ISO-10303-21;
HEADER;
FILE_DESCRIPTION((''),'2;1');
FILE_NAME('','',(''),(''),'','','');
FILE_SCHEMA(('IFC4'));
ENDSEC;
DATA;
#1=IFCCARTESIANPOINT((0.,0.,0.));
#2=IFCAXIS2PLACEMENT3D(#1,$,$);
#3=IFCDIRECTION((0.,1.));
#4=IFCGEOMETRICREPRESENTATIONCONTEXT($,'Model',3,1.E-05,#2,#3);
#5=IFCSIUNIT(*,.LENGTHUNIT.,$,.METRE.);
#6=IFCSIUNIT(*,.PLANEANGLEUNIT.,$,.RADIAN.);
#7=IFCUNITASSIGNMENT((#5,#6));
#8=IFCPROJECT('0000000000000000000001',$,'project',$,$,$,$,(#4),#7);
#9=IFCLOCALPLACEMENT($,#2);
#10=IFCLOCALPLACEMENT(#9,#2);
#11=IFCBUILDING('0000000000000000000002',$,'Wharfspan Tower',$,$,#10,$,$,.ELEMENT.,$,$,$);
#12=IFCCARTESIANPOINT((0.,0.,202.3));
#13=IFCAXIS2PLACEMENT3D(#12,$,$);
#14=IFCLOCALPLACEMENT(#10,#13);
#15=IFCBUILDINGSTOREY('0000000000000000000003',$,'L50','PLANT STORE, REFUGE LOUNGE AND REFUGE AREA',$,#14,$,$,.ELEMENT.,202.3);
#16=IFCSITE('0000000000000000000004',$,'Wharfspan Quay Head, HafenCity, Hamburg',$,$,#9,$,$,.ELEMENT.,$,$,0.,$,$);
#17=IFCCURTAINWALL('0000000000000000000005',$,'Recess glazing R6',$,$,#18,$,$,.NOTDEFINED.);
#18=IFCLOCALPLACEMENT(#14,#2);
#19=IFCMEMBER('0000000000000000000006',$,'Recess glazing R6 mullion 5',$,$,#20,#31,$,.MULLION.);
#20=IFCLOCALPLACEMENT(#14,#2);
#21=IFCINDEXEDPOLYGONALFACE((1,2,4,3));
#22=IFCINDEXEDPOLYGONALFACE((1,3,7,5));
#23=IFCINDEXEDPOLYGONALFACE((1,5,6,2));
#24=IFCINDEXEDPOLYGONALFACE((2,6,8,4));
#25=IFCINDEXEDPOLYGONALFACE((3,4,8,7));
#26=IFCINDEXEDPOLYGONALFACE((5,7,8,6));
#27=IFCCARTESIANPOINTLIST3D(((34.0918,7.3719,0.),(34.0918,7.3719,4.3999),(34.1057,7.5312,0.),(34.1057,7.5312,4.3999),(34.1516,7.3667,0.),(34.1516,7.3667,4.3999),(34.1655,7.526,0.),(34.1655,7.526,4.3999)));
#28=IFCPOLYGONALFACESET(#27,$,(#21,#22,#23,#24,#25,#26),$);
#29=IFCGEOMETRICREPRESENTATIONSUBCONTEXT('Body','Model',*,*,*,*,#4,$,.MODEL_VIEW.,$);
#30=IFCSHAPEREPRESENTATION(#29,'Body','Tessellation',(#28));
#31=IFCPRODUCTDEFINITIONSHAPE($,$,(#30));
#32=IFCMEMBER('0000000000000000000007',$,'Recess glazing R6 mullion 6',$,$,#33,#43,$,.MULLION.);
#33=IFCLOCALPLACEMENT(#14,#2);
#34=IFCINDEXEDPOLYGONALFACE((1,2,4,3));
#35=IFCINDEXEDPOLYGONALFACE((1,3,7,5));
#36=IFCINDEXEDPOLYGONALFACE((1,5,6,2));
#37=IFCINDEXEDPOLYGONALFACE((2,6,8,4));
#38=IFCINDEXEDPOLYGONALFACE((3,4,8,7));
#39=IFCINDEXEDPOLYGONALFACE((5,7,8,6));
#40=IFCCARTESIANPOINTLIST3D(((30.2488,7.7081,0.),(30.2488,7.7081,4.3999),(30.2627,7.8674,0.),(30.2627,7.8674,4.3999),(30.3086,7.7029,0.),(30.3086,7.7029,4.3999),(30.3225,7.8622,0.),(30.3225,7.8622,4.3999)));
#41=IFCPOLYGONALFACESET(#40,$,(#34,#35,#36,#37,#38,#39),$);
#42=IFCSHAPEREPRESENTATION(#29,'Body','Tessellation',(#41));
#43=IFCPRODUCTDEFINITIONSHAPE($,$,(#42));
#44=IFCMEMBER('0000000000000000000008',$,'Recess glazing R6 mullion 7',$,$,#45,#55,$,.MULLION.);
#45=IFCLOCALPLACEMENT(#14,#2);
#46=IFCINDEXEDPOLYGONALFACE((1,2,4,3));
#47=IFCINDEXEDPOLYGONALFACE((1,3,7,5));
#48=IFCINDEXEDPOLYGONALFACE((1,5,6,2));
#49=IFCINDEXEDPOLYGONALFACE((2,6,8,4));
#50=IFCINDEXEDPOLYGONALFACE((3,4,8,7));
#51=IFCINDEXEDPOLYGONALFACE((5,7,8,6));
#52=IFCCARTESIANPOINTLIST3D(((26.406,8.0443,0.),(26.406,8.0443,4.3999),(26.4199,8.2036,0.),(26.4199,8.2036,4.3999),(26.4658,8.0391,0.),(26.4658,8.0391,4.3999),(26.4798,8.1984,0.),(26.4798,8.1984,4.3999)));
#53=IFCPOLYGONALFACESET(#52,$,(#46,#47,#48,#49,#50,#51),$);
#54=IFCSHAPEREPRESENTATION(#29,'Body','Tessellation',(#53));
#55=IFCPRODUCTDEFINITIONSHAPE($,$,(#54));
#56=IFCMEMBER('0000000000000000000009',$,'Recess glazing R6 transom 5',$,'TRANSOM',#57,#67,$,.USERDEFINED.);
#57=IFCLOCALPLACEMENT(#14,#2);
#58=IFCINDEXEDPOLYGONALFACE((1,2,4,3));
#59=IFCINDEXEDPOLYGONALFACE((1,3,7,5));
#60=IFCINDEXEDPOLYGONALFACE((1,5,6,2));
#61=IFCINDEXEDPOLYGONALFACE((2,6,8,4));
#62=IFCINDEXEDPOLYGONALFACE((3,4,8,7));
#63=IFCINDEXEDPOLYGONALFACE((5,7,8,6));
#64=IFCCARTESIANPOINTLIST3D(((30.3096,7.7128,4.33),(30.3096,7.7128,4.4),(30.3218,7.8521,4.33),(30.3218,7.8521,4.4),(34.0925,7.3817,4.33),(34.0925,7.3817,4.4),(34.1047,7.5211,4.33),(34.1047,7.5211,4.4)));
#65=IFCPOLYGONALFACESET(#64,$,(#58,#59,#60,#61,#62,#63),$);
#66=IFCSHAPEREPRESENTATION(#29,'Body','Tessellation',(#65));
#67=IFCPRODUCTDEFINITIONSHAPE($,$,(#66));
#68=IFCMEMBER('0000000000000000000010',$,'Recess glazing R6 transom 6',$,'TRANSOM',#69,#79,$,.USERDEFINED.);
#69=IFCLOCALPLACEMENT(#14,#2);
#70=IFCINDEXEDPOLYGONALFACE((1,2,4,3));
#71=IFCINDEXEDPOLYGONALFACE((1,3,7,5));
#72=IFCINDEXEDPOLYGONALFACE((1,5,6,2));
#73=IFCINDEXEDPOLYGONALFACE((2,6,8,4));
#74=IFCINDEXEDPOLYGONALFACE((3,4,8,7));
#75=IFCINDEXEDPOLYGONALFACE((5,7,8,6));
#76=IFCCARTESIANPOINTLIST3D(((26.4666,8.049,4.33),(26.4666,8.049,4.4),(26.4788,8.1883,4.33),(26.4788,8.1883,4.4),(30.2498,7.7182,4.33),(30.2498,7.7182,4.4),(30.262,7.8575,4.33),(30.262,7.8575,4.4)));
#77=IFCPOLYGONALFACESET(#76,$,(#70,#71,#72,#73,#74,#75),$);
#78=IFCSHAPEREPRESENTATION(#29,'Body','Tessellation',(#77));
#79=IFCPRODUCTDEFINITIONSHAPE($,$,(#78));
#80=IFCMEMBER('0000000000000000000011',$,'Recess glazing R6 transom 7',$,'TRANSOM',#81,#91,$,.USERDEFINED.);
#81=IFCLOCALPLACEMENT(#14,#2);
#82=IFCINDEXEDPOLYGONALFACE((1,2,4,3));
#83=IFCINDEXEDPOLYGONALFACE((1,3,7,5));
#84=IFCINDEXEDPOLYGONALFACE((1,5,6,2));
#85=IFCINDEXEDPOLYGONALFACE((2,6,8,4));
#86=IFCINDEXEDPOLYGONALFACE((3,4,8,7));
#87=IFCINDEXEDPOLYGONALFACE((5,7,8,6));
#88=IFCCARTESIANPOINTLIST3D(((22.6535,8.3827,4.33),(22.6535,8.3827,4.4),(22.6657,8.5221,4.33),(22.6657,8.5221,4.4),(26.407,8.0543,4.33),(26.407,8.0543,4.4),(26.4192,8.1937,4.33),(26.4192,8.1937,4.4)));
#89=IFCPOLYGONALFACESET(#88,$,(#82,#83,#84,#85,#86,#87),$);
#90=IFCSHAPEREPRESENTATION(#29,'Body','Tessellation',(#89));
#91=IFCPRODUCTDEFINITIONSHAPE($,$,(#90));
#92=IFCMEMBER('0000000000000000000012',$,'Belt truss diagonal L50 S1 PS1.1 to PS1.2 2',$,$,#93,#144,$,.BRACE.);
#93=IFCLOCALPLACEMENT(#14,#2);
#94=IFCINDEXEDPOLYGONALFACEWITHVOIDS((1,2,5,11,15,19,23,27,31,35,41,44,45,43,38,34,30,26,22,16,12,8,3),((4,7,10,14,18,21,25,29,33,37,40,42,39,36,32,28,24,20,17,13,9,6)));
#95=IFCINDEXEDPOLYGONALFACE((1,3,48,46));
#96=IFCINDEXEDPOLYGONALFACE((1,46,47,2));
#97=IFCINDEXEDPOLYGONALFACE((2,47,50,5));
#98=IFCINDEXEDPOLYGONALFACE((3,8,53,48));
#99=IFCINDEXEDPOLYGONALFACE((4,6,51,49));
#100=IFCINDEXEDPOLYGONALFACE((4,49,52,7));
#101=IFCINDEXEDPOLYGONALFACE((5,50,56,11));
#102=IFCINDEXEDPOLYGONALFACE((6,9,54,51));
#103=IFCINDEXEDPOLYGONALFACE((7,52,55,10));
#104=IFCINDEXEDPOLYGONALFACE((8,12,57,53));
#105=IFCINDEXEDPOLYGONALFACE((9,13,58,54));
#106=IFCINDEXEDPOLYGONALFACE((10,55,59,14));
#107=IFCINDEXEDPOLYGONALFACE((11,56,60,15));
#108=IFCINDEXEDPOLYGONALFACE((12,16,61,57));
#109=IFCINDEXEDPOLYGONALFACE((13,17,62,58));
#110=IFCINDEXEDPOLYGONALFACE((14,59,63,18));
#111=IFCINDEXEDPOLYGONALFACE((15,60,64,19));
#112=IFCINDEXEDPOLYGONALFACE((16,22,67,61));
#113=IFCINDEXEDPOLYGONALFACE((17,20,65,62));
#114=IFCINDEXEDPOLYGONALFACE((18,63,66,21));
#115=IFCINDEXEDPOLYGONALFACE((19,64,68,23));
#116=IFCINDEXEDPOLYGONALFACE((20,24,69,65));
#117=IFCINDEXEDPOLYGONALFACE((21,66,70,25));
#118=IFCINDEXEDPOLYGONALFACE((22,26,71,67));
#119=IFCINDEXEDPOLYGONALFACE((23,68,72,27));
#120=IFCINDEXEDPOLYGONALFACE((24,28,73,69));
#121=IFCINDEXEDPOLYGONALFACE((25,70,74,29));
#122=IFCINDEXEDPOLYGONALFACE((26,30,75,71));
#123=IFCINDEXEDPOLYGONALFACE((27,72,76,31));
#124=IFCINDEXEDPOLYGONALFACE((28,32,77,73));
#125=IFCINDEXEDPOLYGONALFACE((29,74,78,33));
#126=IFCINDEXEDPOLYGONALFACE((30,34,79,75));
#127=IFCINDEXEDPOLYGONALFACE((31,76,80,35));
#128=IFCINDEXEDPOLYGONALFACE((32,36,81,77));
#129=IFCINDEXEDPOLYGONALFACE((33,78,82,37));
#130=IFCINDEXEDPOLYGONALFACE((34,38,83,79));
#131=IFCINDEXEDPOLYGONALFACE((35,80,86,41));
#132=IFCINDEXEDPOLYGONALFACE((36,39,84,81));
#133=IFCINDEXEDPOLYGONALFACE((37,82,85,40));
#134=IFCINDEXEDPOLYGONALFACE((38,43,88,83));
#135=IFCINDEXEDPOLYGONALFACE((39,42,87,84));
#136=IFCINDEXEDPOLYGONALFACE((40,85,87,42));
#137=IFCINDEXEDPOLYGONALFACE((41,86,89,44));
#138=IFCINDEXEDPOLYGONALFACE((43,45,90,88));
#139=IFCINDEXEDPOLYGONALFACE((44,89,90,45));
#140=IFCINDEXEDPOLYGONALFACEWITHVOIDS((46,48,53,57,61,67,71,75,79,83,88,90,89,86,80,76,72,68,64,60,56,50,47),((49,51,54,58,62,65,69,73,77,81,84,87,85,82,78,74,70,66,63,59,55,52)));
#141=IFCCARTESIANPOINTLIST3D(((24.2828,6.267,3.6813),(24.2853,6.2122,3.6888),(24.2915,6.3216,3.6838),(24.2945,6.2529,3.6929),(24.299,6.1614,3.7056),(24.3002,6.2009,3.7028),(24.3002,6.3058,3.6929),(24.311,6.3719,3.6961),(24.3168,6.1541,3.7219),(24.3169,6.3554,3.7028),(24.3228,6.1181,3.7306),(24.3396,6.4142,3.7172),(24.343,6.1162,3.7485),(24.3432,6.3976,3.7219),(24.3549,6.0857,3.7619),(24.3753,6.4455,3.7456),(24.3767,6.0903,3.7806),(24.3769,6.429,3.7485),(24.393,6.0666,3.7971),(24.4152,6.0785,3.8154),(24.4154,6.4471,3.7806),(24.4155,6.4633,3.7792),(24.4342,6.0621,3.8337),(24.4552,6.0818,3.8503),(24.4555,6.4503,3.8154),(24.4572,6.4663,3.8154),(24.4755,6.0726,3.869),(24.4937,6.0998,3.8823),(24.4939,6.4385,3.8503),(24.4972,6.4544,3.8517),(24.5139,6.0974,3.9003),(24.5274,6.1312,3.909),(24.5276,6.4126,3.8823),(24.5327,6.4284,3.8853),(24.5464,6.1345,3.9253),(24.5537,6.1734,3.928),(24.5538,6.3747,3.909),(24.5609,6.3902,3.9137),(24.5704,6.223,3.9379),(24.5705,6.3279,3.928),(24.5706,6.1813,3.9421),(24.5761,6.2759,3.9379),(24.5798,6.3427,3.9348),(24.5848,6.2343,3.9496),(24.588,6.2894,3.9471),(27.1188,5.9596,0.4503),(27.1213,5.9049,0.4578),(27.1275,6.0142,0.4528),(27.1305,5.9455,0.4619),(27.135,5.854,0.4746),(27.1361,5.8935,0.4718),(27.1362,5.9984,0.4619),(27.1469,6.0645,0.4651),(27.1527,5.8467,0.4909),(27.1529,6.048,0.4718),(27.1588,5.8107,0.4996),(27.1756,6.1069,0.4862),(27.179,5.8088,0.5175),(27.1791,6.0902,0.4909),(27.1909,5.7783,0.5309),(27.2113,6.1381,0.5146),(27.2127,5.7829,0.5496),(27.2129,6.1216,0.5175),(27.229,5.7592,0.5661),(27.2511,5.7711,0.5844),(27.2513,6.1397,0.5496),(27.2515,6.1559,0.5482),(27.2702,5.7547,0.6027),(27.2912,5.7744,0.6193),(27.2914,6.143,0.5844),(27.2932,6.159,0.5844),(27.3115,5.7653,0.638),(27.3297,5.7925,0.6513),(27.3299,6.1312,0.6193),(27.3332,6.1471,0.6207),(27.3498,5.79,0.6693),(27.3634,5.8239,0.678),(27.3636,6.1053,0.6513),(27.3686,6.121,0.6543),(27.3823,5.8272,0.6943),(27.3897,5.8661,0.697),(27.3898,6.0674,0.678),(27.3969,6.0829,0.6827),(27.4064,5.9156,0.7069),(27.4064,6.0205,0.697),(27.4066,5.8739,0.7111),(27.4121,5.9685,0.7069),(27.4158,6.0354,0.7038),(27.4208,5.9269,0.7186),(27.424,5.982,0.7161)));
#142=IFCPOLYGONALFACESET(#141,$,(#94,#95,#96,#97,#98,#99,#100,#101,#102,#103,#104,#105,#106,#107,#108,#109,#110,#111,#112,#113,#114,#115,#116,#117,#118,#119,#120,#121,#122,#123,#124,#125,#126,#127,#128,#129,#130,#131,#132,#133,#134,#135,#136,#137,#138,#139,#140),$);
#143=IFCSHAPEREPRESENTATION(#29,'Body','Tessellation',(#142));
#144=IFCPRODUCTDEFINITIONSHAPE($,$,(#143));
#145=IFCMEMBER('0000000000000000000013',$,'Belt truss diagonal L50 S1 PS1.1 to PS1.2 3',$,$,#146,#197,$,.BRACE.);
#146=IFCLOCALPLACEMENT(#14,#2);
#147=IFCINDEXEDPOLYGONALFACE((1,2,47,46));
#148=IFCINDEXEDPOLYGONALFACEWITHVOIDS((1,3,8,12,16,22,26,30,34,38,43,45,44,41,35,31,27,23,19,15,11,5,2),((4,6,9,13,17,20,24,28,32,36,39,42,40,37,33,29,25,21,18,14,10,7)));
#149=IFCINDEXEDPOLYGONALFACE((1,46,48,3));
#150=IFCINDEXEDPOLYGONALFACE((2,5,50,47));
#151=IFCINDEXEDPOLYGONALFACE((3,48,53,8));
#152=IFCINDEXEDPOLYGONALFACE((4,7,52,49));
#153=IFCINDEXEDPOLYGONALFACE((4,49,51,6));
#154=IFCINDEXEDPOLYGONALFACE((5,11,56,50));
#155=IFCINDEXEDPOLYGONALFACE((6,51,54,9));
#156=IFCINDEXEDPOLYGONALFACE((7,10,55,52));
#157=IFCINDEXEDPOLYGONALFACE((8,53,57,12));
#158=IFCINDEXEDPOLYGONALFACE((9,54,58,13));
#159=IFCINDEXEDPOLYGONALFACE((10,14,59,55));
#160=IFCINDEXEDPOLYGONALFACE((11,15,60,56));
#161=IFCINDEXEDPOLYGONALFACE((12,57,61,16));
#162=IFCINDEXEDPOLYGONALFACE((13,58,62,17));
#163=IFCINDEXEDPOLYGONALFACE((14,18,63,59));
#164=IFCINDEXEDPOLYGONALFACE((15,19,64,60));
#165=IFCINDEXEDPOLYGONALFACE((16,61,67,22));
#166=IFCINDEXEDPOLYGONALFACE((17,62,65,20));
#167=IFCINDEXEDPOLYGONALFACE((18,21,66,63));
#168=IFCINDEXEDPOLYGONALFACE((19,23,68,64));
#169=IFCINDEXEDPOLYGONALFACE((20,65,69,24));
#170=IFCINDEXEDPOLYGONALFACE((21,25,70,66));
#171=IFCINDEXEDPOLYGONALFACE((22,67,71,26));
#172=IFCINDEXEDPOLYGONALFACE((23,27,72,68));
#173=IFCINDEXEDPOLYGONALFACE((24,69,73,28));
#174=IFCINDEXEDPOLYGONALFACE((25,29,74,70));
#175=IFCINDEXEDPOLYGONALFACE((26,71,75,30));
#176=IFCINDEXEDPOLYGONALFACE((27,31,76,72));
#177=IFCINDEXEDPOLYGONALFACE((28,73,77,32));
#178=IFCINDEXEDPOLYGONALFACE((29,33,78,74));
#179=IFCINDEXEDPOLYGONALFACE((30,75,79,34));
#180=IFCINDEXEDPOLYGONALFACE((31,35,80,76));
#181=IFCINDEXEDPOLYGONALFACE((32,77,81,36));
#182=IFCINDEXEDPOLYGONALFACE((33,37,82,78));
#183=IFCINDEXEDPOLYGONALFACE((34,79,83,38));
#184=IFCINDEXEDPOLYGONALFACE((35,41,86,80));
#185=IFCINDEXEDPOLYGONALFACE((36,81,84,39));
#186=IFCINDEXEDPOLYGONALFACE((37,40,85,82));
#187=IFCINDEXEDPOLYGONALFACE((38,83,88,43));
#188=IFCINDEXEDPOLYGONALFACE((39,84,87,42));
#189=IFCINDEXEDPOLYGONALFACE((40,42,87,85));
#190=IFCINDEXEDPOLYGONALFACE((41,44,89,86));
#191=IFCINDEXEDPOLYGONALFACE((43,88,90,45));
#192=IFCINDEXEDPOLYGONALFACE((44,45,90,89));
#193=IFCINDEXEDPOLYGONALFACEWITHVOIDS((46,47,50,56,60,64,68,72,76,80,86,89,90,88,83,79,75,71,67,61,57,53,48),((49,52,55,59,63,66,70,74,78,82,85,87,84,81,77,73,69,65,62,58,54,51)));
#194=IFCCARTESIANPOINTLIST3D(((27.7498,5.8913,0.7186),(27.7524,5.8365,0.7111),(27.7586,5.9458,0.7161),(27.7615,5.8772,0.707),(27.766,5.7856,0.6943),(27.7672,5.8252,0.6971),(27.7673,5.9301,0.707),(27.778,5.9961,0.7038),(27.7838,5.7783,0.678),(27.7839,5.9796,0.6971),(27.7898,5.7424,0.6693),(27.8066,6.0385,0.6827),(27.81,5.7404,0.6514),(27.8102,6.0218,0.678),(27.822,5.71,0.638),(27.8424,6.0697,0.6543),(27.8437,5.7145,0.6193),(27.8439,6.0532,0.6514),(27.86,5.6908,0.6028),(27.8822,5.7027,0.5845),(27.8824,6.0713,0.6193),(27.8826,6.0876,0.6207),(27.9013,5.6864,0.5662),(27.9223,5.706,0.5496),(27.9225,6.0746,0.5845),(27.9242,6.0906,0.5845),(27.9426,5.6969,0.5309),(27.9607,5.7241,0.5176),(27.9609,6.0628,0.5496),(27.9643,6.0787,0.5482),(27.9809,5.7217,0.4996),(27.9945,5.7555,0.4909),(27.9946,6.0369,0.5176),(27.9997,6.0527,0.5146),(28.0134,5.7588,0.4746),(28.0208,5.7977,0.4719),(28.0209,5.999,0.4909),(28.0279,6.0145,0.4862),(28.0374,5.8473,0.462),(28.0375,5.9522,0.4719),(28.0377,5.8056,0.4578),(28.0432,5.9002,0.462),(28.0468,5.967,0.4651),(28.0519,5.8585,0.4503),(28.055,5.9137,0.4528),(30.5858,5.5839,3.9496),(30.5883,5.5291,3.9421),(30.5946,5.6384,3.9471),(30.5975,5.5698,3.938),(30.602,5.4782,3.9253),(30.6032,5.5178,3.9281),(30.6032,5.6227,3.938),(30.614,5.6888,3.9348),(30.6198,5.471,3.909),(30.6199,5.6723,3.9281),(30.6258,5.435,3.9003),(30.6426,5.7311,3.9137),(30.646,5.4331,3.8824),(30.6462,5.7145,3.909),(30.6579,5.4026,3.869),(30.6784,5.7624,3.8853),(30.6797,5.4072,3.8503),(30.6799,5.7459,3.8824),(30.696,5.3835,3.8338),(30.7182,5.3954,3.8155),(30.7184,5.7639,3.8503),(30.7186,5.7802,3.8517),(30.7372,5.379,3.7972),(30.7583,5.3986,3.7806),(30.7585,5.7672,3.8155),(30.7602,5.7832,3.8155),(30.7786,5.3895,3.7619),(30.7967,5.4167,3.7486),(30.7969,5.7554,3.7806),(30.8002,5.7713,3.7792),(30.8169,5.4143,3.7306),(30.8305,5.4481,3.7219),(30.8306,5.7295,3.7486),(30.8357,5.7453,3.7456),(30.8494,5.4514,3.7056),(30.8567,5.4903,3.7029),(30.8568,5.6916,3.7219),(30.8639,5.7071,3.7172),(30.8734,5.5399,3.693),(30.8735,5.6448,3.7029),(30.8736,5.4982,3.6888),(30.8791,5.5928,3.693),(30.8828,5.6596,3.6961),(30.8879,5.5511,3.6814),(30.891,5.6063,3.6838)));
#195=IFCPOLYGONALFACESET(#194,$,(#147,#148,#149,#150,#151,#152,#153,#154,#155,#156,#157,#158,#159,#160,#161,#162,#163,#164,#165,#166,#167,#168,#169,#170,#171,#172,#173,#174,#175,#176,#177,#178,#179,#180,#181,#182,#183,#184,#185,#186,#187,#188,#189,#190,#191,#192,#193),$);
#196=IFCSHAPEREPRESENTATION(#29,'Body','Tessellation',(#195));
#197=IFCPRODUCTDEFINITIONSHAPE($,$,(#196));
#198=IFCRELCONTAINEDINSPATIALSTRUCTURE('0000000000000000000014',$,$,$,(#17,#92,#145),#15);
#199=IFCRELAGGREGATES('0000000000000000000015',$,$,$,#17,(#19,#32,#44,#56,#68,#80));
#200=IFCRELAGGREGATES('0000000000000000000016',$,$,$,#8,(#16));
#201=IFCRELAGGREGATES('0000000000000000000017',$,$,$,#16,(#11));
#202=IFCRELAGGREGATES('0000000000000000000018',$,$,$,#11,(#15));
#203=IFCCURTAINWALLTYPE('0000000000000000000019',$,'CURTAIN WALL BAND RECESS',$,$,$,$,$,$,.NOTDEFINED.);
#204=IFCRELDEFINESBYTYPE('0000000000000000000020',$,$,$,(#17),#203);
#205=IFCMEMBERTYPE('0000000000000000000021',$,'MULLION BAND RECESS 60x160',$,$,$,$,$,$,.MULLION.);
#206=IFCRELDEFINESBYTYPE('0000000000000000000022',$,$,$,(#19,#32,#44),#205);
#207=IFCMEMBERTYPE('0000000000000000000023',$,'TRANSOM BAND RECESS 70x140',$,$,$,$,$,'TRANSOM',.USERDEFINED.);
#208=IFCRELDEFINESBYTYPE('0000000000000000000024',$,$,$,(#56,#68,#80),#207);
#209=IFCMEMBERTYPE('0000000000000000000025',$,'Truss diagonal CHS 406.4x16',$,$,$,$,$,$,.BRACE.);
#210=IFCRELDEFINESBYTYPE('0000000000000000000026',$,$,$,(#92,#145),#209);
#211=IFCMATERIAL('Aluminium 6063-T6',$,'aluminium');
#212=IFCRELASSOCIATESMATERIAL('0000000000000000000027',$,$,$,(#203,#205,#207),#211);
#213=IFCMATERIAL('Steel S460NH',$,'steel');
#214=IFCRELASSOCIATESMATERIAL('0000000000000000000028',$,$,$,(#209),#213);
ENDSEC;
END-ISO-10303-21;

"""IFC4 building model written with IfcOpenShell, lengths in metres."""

from ifc_helpers import new_model, si_unit, direction, frame, origin, origin_2d, place, context, subcontext, project, spatial, rectangle, hollow_circle, extrude, material, material_profile, profile_set, type_object, element, aggregate, save


model = new_model("IFC4")

# Units and contexts
model_context = context("Model", 3, precision=1e-05, world=origin(), true_north=direction((0.0, 1.0)))
body_context = subcontext(model_context, "Body", "Model", "MODEL_VIEW")
ifc_project = project(units=[si_unit("LENGTHUNIT", "METRE"), si_unit("PLANEANGLEUNIT", "RADIAN")], contexts=[model_context])

# Site, building, storey
site_placement = place(None, origin())
site = spatial("IfcSite", under=ifc_project, at=site_placement, Name="Wharfspan Quay Head, HafenCity, Hamburg", CompositionType="ELEMENT", RefElevation=0.0)
building_placement = place(site_placement, origin())
building = spatial("IfcBuilding", under=site, at=building_placement, Name="Wharfspan Tower", CompositionType="ELEMENT")
storey_placement = place(building_placement, frame((0.0, 0.0, 202.3)))
storey = spatial("IfcBuildingStorey", under=building, at=storey_placement, Name="L50", Description="PLANT STORE, REFUGE LOUNGE AND REFUGE AREA", CompositionType="ELEMENT", Elevation=202.3)

# Curtain wall, members
ifc_material_1 = material(Name="Aluminium 6063-T6", Category="aluminium")
curtain_wall_type = type_object("IfcCurtainWallType", Name="CURTAIN WALL BAND RECESS", PredefinedType="NOTDEFINED", material=ifc_material_1)
curtain_wall_placement = place(storey_placement, origin())
curtain_wall = element("IfcCurtainWall", 1, at=curtain_wall_placement, inside=storey, type_object=curtain_wall_type, Name="Recess glazing R6", PredefinedType="NOTDEFINED")
ifc_material_profile_1 = material_profile(ifc_material_1, rectangle(XDim=0.1599, YDim=0.0601, at=origin_2d()))
ifc_profile_set_1 = profile_set([ifc_material_profile_1], Name="Aluminium 6063-T6")
member_type_1 = type_object("IfcMemberType", Name="MULLION BAND RECESS 60x160", PredefinedType="MULLION", material=ifc_profile_set_1)
member_1_placement = place(storey_placement, frame((34.1287, 7.449, 0.0), z_axis=(0.0, 0.0, 1.0), x_axis=(-0.087156, -0.996198, 0.0)))
member_1 = element("IfcMember", 2, at=member_1_placement, type_object=member_type_1, Name="Recess glazing R6 mullion 5", PredefinedType="MULLION", context=body_context, shape_type="SweptSolid", body=[
    extrude(rectangle(XDim=0.1599, YDim=0.0601, at=origin_2d()), origin(), (0.0, 0.0, 1.0), 4.3999),
])
member_2_placement = place(storey_placement, frame((30.2856, 7.7852, 0.0), z_axis=(0.0, 0.0, 1.0), x_axis=(-0.087156, -0.996198, 0.0)))
member_2 = element("IfcMember", 3, at=member_2_placement, type_object=member_type_1, Name="Recess glazing R6 mullion 6", PredefinedType="MULLION", context=body_context, shape_type="SweptSolid", body=[
    extrude(rectangle(XDim=0.1599, YDim=0.0601, at=origin_2d()), origin(), (0.0, 0.0, 1.0), 4.3999),
])
member_3_placement = place(storey_placement, frame((26.4429, 8.1213, 0.0), z_axis=(0.0, 0.0, 1.0), x_axis=(-0.087156, -0.996198, 0.0)))
member_3 = element("IfcMember", 4, at=member_3_placement, type_object=member_type_1, Name="Recess glazing R6 mullion 7", PredefinedType="MULLION", context=body_context, shape_type="SweptSolid", body=[
    extrude(rectangle(XDim=0.1599, YDim=0.0601, at=origin_2d()), origin(), (0.0, 0.0, 1.0), 4.3999),
])
ifc_material_profile_2 = material_profile(ifc_material_1, rectangle(XDim=0.1399, YDim=0.0701, at=origin_2d()))
ifc_profile_set_2 = profile_set([ifc_material_profile_2], Name="Aluminium 6063-T6")
member_type_2 = type_object("IfcMemberType", Name="TRANSOM BAND RECESS 70x140", ElementType="TRANSOM", PredefinedType="USERDEFINED", material=ifc_profile_set_2)
member_4_placement = place(storey_placement, frame((34.0986, 7.4514, 4.365), z_axis=(-0.996193, 0.087179, 0.0), x_axis=(-0.087179, -0.996193, 0.0)))
member_4 = element("IfcMember", 5, at=member_4_placement, type_object=member_type_2, Name="Recess glazing R6 transom 5", ObjectType="TRANSOM", PredefinedType="USERDEFINED", context=body_context, shape_type="SweptSolid", body=[
    extrude(rectangle(XDim=0.1399, YDim=0.0701, at=origin_2d()), origin(), (0.0, 0.0, 1.0), 3.7974),
])
member_5_placement = place(storey_placement, frame((30.2559, 7.7878, 4.365), z_axis=(-0.996199, 0.08711, 0.0), x_axis=(-0.08711, -0.996199, 0.0)))
member_5 = element("IfcMember", 6, at=member_5_placement, type_object=member_type_2, Name="Recess glazing R6 transom 6", ObjectType="TRANSOM", PredefinedType="USERDEFINED", context=body_context, shape_type="SweptSolid", body=[
    extrude(rectangle(XDim=0.1399, YDim=0.0701, at=origin_2d()), origin(), (0.0, 0.0, 1.0), 3.7976),
])
member_6_placement = place(storey_placement, frame((26.4131, 8.124, 4.365), z_axis=(-0.996195, 0.087152, 0.0), x_axis=(-0.087152, -0.996195, 0.0)))
member_6 = element("IfcMember", 7, at=member_6_placement, type_object=member_type_2, Name="Recess glazing R6 transom 7", ObjectType="TRANSOM", PredefinedType="USERDEFINED", context=body_context, shape_type="SweptSolid", body=[
    extrude(rectangle(XDim=0.1399, YDim=0.0701, at=origin_2d()), origin(), (0.0, 0.0, 1.0), 3.7678),
])

# Members
ifc_material_2 = material(Name="Steel S460NH", Category="steel")
ifc_material_profile_3 = material_profile(ifc_material_2, hollow_circle(Radius=0.2031, WallThickness=0.0161, at=origin_2d()))
ifc_profile_set_3 = profile_set([ifc_material_profile_3], Name="Steel S460NH")
member_type_3 = type_object("IfcMemberType", Name="Truss diagonal CHS 406.4x16", PredefinedType="BRACE", material=ifc_profile_set_3)
for number, where, z_axis, x_axis, name in (
    (8, (24.4353, 6.2644, 3.8154), (0.65799, -0.071316, -0.749642), (0.107756, 0.994179, 0.000002), "Belt truss diagonal L50 S1 PS1.1 to PS1.2 2"),
    (9, (27.9023, 5.8887, 0.5845), (0.65799, -0.071316, 0.749642), (0.107756, 0.994179, -0.000002), "Belt truss diagonal L50 S1 PS1.1 to PS1.2 3"),
):
    element("IfcMember", number, at=place(storey_placement, frame(where, z_axis=z_axis, x_axis=x_axis)), inside=storey, type_object=member_type_3, Name=name, PredefinedType="BRACE", context=body_context, shape_type="SweptSolid", body=[
        extrude(hollow_circle(Radius=0.2031, WallThickness=0.0161, at=origin_2d()), origin(), (0.0, 0.0, 1.0), 4.3101),
    ])

aggregate(curtain_wall, [member_1, member_2, member_3, member_4, member_5, member_6])

save(model, "model.ifc")
